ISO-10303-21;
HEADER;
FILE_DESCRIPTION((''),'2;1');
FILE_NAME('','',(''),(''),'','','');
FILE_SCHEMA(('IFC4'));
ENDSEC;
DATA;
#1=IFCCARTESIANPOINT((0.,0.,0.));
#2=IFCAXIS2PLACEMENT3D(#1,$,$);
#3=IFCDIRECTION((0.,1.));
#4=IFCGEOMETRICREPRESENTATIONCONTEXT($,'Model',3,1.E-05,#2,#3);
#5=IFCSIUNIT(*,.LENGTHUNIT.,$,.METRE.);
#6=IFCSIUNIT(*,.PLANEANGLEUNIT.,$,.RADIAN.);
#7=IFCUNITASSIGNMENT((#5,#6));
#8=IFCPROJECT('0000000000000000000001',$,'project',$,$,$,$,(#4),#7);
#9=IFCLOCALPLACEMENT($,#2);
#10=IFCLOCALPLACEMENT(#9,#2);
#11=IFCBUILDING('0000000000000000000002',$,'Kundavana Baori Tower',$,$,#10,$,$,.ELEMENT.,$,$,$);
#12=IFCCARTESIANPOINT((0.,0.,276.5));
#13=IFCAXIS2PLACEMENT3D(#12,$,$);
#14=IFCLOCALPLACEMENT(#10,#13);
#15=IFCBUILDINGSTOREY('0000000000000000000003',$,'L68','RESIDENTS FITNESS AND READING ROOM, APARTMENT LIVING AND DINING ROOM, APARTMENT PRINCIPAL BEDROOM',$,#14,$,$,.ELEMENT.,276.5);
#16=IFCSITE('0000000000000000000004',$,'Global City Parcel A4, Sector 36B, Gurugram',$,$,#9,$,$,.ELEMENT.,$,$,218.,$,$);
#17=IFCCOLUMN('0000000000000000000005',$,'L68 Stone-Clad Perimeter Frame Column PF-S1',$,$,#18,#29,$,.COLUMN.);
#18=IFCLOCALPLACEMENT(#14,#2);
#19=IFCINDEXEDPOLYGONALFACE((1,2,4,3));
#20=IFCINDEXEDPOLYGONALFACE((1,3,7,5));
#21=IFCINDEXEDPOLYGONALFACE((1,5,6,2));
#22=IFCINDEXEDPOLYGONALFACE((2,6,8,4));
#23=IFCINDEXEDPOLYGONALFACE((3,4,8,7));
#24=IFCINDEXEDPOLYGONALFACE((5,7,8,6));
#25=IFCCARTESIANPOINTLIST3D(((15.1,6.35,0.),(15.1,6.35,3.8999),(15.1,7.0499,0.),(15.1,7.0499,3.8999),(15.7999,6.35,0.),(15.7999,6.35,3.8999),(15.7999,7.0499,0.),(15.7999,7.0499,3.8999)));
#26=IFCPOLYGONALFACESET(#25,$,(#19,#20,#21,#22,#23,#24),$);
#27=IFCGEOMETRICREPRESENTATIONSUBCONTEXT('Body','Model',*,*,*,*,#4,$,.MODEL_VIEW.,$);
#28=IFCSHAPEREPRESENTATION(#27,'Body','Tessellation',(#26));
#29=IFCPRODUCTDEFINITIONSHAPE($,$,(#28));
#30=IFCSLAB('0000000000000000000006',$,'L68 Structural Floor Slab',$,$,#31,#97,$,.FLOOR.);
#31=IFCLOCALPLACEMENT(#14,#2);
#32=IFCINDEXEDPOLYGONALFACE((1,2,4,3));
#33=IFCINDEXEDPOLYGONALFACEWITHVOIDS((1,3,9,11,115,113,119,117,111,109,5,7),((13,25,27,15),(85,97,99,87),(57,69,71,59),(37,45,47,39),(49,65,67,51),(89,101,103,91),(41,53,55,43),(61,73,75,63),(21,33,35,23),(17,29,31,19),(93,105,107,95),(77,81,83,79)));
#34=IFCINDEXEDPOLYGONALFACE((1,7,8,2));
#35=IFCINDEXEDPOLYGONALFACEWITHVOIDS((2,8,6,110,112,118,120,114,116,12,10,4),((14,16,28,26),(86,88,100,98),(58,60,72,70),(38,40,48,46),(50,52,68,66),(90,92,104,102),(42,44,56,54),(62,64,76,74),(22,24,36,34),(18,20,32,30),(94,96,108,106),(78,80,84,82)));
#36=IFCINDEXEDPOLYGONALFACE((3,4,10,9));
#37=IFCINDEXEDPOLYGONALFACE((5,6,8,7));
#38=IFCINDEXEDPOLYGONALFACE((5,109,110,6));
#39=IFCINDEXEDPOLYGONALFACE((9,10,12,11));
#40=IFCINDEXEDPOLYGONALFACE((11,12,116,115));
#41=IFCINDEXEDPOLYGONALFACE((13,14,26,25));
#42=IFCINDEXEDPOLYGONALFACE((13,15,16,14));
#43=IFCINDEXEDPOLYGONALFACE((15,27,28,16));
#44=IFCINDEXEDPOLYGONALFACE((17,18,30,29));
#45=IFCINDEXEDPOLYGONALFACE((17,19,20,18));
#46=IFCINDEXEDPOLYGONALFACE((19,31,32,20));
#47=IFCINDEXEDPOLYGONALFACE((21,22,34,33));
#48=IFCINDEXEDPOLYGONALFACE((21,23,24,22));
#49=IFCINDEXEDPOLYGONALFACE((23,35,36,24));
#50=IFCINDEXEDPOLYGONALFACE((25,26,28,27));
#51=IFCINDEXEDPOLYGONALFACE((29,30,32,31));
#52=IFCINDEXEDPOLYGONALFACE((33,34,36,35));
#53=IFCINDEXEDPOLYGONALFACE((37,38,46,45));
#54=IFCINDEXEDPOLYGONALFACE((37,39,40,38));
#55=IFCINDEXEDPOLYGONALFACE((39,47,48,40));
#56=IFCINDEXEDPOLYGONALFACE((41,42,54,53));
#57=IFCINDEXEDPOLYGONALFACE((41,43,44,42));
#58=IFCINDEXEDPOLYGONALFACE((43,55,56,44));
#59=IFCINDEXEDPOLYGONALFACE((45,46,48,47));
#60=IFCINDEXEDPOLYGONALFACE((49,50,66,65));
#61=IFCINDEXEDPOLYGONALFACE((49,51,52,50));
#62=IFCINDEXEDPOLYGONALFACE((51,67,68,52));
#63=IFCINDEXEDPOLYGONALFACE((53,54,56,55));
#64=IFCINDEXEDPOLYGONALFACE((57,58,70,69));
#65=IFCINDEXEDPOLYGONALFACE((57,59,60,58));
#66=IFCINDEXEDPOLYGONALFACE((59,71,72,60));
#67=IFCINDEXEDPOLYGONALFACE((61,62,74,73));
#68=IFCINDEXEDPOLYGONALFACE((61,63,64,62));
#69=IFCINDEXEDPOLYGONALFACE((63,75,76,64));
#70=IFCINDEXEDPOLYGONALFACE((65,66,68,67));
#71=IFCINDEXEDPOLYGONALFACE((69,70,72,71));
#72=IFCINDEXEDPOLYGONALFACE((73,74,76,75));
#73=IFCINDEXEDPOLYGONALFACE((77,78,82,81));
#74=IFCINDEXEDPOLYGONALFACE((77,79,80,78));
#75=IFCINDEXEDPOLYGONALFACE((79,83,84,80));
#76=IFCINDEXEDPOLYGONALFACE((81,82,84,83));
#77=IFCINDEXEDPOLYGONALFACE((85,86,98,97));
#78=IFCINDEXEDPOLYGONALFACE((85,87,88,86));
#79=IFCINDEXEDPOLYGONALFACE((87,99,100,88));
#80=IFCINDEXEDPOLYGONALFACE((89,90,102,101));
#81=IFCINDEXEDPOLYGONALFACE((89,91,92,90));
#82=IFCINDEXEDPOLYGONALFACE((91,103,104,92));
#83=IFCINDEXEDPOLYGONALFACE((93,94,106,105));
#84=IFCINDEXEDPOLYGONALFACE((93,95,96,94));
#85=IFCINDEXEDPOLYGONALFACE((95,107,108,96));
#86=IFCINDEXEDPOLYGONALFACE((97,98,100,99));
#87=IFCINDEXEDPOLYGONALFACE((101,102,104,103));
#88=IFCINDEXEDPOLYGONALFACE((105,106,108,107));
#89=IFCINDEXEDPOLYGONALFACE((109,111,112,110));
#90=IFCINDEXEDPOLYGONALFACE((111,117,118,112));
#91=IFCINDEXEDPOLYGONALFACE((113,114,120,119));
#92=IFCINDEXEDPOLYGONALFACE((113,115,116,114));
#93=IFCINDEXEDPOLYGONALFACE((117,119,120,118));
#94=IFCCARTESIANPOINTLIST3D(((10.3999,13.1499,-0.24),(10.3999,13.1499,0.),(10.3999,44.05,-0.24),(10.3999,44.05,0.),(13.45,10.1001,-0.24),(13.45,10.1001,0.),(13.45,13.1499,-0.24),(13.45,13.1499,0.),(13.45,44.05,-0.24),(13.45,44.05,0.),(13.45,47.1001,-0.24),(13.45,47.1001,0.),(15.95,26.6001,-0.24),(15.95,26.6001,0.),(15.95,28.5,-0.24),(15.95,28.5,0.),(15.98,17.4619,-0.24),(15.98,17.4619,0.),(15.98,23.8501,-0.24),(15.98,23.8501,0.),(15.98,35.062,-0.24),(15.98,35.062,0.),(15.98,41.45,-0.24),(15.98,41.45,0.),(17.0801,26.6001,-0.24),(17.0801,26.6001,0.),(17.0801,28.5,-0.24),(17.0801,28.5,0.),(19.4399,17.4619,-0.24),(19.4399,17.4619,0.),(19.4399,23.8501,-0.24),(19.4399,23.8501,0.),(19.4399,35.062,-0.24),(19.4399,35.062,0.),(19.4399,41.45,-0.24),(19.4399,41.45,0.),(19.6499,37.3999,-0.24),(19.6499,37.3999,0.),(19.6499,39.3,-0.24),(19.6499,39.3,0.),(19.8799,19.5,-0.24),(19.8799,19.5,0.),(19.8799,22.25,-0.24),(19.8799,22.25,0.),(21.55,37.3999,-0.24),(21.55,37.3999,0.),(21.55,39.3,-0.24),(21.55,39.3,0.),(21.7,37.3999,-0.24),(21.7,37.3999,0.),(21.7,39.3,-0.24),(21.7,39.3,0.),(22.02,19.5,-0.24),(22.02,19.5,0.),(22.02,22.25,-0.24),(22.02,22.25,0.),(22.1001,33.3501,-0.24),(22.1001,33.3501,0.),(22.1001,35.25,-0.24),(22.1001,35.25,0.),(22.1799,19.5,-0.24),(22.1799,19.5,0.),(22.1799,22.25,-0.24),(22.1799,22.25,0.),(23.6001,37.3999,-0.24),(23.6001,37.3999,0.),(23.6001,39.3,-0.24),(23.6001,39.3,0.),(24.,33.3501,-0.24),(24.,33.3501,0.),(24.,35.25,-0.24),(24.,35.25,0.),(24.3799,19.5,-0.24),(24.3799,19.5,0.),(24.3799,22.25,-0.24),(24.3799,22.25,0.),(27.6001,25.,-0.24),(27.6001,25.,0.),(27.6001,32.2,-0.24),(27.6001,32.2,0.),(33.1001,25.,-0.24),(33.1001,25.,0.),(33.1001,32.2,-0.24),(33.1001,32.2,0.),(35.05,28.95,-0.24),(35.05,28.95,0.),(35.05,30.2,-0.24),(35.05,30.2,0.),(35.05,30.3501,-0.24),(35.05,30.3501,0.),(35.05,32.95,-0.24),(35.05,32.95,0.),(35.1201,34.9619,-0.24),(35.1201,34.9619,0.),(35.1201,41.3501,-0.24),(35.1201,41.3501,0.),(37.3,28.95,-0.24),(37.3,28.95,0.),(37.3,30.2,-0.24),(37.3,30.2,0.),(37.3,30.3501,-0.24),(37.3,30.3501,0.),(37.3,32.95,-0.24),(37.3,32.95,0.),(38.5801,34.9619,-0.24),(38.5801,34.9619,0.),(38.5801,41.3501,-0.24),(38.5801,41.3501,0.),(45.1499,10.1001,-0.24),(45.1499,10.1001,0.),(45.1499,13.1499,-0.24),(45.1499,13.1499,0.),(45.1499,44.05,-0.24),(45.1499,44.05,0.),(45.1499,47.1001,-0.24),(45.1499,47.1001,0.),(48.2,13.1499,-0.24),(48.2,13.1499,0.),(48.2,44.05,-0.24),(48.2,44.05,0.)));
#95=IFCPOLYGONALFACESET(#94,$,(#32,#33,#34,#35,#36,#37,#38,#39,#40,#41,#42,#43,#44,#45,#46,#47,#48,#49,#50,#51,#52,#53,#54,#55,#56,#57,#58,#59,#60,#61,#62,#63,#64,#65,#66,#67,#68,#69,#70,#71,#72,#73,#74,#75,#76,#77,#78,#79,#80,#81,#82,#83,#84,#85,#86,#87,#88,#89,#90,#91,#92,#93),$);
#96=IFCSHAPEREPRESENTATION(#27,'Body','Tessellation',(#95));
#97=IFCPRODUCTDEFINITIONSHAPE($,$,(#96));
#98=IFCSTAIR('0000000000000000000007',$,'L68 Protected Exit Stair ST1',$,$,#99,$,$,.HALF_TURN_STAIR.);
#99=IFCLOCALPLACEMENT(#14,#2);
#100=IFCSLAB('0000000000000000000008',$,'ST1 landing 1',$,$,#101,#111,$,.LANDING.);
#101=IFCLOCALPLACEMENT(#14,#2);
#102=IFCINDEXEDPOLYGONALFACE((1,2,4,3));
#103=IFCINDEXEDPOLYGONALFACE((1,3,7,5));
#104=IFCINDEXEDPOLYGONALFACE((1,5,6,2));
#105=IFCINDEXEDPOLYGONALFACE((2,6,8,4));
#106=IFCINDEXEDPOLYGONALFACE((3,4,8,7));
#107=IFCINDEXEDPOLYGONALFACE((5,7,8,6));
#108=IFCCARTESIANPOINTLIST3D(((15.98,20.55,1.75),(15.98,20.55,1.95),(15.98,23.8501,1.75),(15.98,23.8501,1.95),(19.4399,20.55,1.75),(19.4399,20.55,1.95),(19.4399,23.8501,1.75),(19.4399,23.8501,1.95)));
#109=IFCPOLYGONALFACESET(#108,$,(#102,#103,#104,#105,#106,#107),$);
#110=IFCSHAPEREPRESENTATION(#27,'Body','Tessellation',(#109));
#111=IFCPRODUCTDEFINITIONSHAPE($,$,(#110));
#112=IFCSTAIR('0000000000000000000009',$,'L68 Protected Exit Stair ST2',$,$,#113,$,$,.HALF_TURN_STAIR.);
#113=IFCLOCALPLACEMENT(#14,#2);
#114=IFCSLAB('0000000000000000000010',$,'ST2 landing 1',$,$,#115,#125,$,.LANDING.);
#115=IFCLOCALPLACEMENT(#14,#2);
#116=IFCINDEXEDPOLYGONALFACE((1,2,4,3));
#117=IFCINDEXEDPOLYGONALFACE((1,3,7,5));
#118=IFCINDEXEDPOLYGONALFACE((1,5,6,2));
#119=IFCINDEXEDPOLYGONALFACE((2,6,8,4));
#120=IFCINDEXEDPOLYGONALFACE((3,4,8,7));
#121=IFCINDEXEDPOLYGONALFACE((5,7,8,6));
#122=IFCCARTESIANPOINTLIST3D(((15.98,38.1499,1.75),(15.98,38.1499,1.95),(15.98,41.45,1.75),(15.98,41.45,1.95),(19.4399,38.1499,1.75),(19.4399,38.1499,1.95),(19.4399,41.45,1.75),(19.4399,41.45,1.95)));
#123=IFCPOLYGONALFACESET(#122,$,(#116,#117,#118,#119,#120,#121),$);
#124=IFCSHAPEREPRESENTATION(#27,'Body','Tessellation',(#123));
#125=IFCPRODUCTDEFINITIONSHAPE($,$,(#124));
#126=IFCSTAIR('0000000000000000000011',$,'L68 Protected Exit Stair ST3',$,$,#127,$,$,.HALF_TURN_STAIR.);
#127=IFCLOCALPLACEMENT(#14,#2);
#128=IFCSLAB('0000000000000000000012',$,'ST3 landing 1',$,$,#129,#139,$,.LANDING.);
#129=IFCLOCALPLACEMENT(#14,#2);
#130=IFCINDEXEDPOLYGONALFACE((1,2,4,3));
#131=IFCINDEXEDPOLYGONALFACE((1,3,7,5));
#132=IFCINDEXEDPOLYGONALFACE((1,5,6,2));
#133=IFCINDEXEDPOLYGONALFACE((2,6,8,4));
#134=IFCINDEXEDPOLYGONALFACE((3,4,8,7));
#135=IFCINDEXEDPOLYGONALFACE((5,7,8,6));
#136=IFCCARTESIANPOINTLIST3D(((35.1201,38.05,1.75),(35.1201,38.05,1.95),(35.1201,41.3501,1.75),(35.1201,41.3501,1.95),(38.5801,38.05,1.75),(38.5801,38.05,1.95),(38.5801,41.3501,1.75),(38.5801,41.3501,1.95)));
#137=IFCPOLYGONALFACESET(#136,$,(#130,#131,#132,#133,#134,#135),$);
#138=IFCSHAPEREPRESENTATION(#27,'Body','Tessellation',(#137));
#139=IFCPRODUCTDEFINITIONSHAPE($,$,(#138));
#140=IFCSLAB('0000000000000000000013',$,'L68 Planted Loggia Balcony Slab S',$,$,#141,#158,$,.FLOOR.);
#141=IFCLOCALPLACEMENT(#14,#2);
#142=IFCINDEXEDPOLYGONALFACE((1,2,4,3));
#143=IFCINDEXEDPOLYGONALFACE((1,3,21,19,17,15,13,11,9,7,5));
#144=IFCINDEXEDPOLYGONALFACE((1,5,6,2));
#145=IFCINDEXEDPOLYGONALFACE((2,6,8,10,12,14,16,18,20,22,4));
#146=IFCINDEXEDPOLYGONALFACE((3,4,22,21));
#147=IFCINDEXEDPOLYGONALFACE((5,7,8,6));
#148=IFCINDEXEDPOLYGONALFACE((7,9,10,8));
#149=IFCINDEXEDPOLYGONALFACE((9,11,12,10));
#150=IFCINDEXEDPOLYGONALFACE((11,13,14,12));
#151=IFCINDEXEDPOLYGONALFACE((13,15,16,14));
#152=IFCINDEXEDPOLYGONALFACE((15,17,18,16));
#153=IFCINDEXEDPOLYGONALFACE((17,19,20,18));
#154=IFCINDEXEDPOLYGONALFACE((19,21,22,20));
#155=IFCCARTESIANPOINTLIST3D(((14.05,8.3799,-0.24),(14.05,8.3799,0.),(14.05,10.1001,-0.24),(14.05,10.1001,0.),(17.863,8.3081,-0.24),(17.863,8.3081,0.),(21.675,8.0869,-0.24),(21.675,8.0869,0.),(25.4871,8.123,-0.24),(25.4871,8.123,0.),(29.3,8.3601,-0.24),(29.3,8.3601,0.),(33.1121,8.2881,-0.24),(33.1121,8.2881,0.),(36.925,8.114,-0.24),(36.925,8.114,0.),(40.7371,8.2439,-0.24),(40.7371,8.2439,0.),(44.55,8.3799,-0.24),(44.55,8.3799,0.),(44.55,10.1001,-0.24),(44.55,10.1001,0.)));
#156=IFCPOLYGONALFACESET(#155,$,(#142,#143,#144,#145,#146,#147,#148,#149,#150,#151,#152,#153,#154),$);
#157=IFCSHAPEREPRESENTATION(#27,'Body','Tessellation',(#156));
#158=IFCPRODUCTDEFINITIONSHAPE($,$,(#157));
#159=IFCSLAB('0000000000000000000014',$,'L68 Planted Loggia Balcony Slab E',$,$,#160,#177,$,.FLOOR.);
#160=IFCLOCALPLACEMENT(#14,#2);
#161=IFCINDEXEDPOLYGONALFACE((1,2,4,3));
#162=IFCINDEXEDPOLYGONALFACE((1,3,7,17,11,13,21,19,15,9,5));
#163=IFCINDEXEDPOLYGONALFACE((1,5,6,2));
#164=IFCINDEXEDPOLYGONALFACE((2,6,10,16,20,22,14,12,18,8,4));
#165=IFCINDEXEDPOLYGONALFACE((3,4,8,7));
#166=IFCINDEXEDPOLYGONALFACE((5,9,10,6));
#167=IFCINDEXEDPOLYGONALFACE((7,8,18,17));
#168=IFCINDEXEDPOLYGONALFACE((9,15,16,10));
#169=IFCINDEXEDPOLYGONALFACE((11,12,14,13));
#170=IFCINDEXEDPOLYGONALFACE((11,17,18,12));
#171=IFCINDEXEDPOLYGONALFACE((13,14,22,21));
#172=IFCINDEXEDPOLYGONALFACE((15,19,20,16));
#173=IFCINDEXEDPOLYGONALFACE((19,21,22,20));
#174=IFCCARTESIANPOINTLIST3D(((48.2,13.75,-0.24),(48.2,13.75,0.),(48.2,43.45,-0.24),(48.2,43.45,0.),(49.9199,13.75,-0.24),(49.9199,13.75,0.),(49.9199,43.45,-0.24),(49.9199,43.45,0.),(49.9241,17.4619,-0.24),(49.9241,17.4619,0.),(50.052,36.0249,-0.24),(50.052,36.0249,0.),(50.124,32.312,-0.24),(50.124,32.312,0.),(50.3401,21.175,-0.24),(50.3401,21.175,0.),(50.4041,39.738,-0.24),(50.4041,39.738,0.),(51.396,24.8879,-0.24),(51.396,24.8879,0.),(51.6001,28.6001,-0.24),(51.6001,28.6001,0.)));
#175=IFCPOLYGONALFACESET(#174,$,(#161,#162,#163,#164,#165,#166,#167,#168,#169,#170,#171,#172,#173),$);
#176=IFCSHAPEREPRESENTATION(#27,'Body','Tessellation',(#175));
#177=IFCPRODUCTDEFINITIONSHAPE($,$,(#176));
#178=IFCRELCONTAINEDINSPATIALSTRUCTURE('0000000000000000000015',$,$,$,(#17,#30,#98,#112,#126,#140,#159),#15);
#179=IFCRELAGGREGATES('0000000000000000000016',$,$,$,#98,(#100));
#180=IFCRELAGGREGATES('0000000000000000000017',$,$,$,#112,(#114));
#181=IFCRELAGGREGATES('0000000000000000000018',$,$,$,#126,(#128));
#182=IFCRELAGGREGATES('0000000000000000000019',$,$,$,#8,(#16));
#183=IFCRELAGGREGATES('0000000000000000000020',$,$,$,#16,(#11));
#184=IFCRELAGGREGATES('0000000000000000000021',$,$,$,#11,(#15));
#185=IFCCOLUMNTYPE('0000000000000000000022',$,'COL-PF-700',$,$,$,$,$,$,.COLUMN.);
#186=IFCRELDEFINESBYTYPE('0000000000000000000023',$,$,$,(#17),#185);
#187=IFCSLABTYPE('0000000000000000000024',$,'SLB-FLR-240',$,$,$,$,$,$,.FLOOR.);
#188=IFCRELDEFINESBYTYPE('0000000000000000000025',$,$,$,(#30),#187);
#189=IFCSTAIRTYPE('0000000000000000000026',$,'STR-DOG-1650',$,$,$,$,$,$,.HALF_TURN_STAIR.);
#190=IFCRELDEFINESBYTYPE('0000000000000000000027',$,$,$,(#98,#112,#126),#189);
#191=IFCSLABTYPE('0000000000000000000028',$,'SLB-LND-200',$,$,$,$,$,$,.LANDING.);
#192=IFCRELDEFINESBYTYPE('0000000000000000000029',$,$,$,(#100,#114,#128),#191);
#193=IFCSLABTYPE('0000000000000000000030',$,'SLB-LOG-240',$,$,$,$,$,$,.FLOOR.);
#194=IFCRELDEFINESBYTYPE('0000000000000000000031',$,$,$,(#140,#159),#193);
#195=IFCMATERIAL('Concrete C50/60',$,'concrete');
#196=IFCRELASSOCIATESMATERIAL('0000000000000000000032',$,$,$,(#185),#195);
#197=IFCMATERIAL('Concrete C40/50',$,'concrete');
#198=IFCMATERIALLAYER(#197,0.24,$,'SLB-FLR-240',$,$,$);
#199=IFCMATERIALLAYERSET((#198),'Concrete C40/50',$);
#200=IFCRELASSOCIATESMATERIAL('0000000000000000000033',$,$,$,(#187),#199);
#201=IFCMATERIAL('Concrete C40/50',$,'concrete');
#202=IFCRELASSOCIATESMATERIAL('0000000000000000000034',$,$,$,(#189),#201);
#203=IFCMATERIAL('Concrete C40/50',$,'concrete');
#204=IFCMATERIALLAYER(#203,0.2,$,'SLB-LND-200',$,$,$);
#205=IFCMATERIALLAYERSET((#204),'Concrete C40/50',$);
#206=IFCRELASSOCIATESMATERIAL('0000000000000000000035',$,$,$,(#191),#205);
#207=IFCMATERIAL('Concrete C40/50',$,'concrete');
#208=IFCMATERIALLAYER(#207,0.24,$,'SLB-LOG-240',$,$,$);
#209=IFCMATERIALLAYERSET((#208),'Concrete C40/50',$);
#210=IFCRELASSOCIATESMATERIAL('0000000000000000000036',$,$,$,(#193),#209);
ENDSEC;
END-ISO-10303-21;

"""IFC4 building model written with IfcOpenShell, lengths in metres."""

from ifc_helpers import new_model, si_unit, direction, frame, origin, origin_2d, place, context, subcontext, project, spatial, polyline, rectangle, outline, extrude, material, layer, layer_set, material_profile, profile_set, type_object, element, aggregate, save


model = new_model("IFC4")

# Units and contexts
model_context = context("Model", 3, precision=1e-05, world=origin(), true_north=direction((0.0, 1.0)))
body_context = subcontext(model_context, "Body", "Model", "MODEL_VIEW")
ifc_project = project(units=[si_unit("LENGTHUNIT", "METRE"), si_unit("PLANEANGLEUNIT", "RADIAN")], contexts=[model_context])

# Site, building, storey
site_placement = place(None, origin())
site = spatial("IfcSite", under=ifc_project, at=site_placement, Name="Global City Parcel A4, Sector 36B, Gurugram", CompositionType="ELEMENT", RefElevation=218.0)
building_placement = place(site_placement, origin())
building = spatial("IfcBuilding", under=site, at=building_placement, Name="Kundavana Baori Tower", CompositionType="ELEMENT")
storey_placement = place(building_placement, frame((0.0, 0.0, 276.5)))
storey = spatial("IfcBuildingStorey", under=building, at=storey_placement, Name="L68", Description="RESIDENTS FITNESS AND READING ROOM, APARTMENT LIVING AND DINING ROOM, APARTMENT PRINCIPAL BEDROOM", CompositionType="ELEMENT", Elevation=276.5)

# Column
ifc_material_1 = material(Name="Concrete C50/60", Category="concrete")
ifc_material_profile = material_profile(ifc_material_1, rectangle(XDim=0.7, YDim=0.7, at=origin_2d()), Name="RC PF 700x700")
ifc_profile_set = profile_set([ifc_material_profile], Name="Concrete C50/60")
column_type = type_object("IfcColumnType", Name="COL-PF-700", PredefinedType="COLUMN", material=ifc_profile_set)
column_placement = place(storey_placement, frame((15.45, 6.7, 0.0), z_axis=(0.0, 0.0, 1.0), x_axis=(1.0, 0.0, 0.0)))
element("IfcColumn", 1, at=column_placement, inside=storey, type_object=column_type, Name="L68 Stone-Clad Perimeter Frame Column PF-S1", PredefinedType="COLUMN", context=body_context, shape_type="SweptSolid", body=[
    extrude(rectangle(XDim=0.7, YDim=0.7, at=origin_2d()), origin(), (0.0, 0.0, 1.0), 3.8999),
])

# Slab
ifc_material_2 = material(Name="Concrete C40/50", Category="concrete")
ifc_layer_1 = layer(ifc_material_2, 0.24, Name="SLB-FLR-240")
ifc_layer_set_1 = layer_set([ifc_layer_1], Name="Concrete C40/50")
slab_type_1 = type_object("IfcSlabType", Name="SLB-FLR-240", PredefinedType="FLOOR", material=ifc_layer_set_1)
slab_1_placement = place(storey_placement, frame((0.0, 0.0, -0.24)))
element("IfcSlab", 2, at=slab_1_placement, inside=storey, type_object=slab_type_1, Name="L68 Structural Floor Slab", PredefinedType="FLOOR", context=body_context, shape_type="SweptSolid", body=[
    extrude(outline(polyline([(13.45, 10.1001), (45.1499, 10.1001), (45.1499, 13.1499), (48.2, 13.1499), (48.2, 44.05), (45.1499, 44.05), (45.1499, 47.1001), (13.45, 47.1001), (13.45, 44.05), (10.3999, 44.05), (10.3999, 13.1499), (13.45, 13.1499), (13.45, 10.1001)]), holes=[polyline([(19.4399, 17.4619), (19.4399, 23.8501), (15.98, 23.8501), (15.98, 17.4619), (19.4399, 17.4619)]), polyline([(19.4399, 35.062), (19.4399, 41.45), (15.98, 41.45), (15.98, 35.062), (19.4399, 35.062)]), polyline([(38.5801, 34.9619), (38.5801, 41.3501), (35.1201, 41.3501), (35.1201, 34.9619), (38.5801, 34.9619)]), polyline([(19.6499, 37.3999), (21.55, 37.3999), (21.55, 39.3), (19.6499, 39.3), (19.6499, 37.3999)]), polyline([(21.7, 37.3999), (23.6001, 37.3999), (23.6001, 39.3), (21.7, 39.3), (21.7, 37.3999)]), polyline([(22.1001, 33.3501), (24.0, 33.3501), (24.0, 35.25), (22.1001, 35.25), (22.1001, 33.3501)]), polyline([(19.8799, 19.5), (22.02, 19.5), (22.02, 22.25), (19.8799, 22.25), (19.8799, 19.5)]), polyline([(22.1799, 19.5), (24.3799, 19.5), (24.3799, 22.25), (22.1799, 22.25), (22.1799, 19.5)]), polyline([(35.05, 30.3501), (37.3, 30.3501), (37.3, 32.95), (35.05, 32.95), (35.05, 30.3501)]), polyline([(15.95, 26.6001), (17.0801, 26.6001), (17.0801, 28.5), (15.95, 28.5), (15.95, 26.6001)]), polyline([(35.05, 28.95), (37.3, 28.95), (37.3, 30.2), (35.05, 30.2), (35.05, 28.95)]), polyline([(27.6001, 25.0), (33.1001, 25.0), (33.1001, 32.2), (27.6001, 32.2), (27.6001, 25.0)])]), origin(), (0.0, 0.0, 1.0), 0.24),
])

# Stairs, slabs
ifc_material_3 = material(Name="Concrete C40/50", Category="concrete")
stair_type = type_object("IfcStairType", Name="STR-DOG-1650", PredefinedType="HALF_TURN_STAIR", material=ifc_material_3)
stair_1_placement = place(storey_placement, origin())
stair_1 = element("IfcStair", 3, at=stair_1_placement, inside=storey, type_object=stair_type, Name="L68 Protected Exit Stair ST1", PredefinedType="HALF_TURN_STAIR")
ifc_material_4 = material(Name="Concrete C40/50", Category="concrete")
ifc_layer_2 = layer(ifc_material_4, 0.2, Name="SLB-LND-200")
ifc_layer_set_2 = layer_set([ifc_layer_2], Name="Concrete C40/50")
slab_type_2 = type_object("IfcSlabType", Name="SLB-LND-200", PredefinedType="LANDING", material=ifc_layer_set_2)
slab_2_placement = place(storey_placement, frame((0.0, 0.0, 1.75)))
slab_2 = element("IfcSlab", 4, at=slab_2_placement, type_object=slab_type_2, Name="ST1 landing 1", PredefinedType="LANDING", context=body_context, shape_type="SweptSolid", body=[
    extrude(outline(polyline([(19.4399, 20.55), (19.4399, 23.8501), (15.98, 23.8501), (15.98, 20.55), (19.4399, 20.55)])), origin(), (0.0, 0.0, 1.0), 0.2),
])
aggregate(stair_1, [slab_2])
stair_2_placement = place(storey_placement, origin())
stair_2 = element("IfcStair", 5, at=stair_2_placement, inside=storey, type_object=stair_type, Name="L68 Protected Exit Stair ST2", PredefinedType="HALF_TURN_STAIR")
slab_3_placement = place(storey_placement, frame((0.0, 0.0, 1.75)))
slab_3 = element("IfcSlab", 6, at=slab_3_placement, type_object=slab_type_2, Name="ST2 landing 1", PredefinedType="LANDING", context=body_context, shape_type="SweptSolid", body=[
    extrude(outline(polyline([(19.4399, 38.1499), (19.4399, 41.45), (15.98, 41.45), (15.98, 38.1499), (19.4399, 38.1499)])), origin(), (0.0, 0.0, 1.0), 0.2),
])
aggregate(stair_2, [slab_3])
stair_3_placement = place(storey_placement, origin())
stair_3 = element("IfcStair", 7, at=stair_3_placement, inside=storey, type_object=stair_type, Name="L68 Protected Exit Stair ST3", PredefinedType="HALF_TURN_STAIR")
slab_4_placement = place(storey_placement, frame((0.0, 0.0, 1.75)))
slab_4 = element("IfcSlab", 8, at=slab_4_placement, type_object=slab_type_2, Name="ST3 landing 1", PredefinedType="LANDING", context=body_context, shape_type="SweptSolid", body=[
    extrude(outline(polyline([(38.5801, 38.05), (38.5801, 41.3501), (35.1201, 41.3501), (35.1201, 38.05), (38.5801, 38.05)])), origin(), (0.0, 0.0, 1.0), 0.2),
])
aggregate(stair_3, [slab_4])

# Slabs
ifc_material_5 = material(Name="Concrete C40/50", Category="concrete")
ifc_layer_3 = layer(ifc_material_5, 0.24, Name="SLB-LOG-240")
ifc_layer_set_3 = layer_set([ifc_layer_3], Name="Concrete C40/50")
slab_type_3 = type_object("IfcSlabType", Name="SLB-LOG-240", PredefinedType="FLOOR", material=ifc_layer_set_3)
slab_5_placement = place(storey_placement, frame((0.0, 0.0, -0.24)))
element("IfcSlab", 9, at=slab_5_placement, inside=storey, type_object=slab_type_3, Name="L68 Planted Loggia Balcony Slab S", PredefinedType="FLOOR", context=body_context, shape_type="SweptSolid", body=[
    extrude(outline(polyline([(14.05, 10.1001), (44.55, 10.1001), (44.55, 8.3799), (40.7371, 8.2439), (36.925, 8.114), (33.1121, 8.2881), (29.3, 8.3601), (25.4871, 8.123), (21.675, 8.0869), (17.863, 8.3081), (14.05, 8.3799), (14.05, 10.1001)])), origin(), (0.0, 0.0, 1.0), 0.24),
])
slab_6_placement = place(storey_placement, frame((0.0, 0.0, -0.24)))
element("IfcSlab", 10, at=slab_6_placement, inside=storey, type_object=slab_type_3, Name="L68 Planted Loggia Balcony Slab E", PredefinedType="FLOOR", context=body_context, shape_type="SweptSolid", body=[
    extrude(outline(polyline([(48.2, 13.75), (48.2, 43.45), (49.9199, 43.45), (50.4041, 39.738), (50.052, 36.0249), (50.124, 32.312), (51.6001, 28.6001), (51.396, 24.8879), (50.3401, 21.175), (49.9241, 17.4619), (49.9199, 13.75), (48.2, 13.75)])), origin(), (0.0, 0.0, 1.0), 0.24),
])

save(model, "model.ifc")
